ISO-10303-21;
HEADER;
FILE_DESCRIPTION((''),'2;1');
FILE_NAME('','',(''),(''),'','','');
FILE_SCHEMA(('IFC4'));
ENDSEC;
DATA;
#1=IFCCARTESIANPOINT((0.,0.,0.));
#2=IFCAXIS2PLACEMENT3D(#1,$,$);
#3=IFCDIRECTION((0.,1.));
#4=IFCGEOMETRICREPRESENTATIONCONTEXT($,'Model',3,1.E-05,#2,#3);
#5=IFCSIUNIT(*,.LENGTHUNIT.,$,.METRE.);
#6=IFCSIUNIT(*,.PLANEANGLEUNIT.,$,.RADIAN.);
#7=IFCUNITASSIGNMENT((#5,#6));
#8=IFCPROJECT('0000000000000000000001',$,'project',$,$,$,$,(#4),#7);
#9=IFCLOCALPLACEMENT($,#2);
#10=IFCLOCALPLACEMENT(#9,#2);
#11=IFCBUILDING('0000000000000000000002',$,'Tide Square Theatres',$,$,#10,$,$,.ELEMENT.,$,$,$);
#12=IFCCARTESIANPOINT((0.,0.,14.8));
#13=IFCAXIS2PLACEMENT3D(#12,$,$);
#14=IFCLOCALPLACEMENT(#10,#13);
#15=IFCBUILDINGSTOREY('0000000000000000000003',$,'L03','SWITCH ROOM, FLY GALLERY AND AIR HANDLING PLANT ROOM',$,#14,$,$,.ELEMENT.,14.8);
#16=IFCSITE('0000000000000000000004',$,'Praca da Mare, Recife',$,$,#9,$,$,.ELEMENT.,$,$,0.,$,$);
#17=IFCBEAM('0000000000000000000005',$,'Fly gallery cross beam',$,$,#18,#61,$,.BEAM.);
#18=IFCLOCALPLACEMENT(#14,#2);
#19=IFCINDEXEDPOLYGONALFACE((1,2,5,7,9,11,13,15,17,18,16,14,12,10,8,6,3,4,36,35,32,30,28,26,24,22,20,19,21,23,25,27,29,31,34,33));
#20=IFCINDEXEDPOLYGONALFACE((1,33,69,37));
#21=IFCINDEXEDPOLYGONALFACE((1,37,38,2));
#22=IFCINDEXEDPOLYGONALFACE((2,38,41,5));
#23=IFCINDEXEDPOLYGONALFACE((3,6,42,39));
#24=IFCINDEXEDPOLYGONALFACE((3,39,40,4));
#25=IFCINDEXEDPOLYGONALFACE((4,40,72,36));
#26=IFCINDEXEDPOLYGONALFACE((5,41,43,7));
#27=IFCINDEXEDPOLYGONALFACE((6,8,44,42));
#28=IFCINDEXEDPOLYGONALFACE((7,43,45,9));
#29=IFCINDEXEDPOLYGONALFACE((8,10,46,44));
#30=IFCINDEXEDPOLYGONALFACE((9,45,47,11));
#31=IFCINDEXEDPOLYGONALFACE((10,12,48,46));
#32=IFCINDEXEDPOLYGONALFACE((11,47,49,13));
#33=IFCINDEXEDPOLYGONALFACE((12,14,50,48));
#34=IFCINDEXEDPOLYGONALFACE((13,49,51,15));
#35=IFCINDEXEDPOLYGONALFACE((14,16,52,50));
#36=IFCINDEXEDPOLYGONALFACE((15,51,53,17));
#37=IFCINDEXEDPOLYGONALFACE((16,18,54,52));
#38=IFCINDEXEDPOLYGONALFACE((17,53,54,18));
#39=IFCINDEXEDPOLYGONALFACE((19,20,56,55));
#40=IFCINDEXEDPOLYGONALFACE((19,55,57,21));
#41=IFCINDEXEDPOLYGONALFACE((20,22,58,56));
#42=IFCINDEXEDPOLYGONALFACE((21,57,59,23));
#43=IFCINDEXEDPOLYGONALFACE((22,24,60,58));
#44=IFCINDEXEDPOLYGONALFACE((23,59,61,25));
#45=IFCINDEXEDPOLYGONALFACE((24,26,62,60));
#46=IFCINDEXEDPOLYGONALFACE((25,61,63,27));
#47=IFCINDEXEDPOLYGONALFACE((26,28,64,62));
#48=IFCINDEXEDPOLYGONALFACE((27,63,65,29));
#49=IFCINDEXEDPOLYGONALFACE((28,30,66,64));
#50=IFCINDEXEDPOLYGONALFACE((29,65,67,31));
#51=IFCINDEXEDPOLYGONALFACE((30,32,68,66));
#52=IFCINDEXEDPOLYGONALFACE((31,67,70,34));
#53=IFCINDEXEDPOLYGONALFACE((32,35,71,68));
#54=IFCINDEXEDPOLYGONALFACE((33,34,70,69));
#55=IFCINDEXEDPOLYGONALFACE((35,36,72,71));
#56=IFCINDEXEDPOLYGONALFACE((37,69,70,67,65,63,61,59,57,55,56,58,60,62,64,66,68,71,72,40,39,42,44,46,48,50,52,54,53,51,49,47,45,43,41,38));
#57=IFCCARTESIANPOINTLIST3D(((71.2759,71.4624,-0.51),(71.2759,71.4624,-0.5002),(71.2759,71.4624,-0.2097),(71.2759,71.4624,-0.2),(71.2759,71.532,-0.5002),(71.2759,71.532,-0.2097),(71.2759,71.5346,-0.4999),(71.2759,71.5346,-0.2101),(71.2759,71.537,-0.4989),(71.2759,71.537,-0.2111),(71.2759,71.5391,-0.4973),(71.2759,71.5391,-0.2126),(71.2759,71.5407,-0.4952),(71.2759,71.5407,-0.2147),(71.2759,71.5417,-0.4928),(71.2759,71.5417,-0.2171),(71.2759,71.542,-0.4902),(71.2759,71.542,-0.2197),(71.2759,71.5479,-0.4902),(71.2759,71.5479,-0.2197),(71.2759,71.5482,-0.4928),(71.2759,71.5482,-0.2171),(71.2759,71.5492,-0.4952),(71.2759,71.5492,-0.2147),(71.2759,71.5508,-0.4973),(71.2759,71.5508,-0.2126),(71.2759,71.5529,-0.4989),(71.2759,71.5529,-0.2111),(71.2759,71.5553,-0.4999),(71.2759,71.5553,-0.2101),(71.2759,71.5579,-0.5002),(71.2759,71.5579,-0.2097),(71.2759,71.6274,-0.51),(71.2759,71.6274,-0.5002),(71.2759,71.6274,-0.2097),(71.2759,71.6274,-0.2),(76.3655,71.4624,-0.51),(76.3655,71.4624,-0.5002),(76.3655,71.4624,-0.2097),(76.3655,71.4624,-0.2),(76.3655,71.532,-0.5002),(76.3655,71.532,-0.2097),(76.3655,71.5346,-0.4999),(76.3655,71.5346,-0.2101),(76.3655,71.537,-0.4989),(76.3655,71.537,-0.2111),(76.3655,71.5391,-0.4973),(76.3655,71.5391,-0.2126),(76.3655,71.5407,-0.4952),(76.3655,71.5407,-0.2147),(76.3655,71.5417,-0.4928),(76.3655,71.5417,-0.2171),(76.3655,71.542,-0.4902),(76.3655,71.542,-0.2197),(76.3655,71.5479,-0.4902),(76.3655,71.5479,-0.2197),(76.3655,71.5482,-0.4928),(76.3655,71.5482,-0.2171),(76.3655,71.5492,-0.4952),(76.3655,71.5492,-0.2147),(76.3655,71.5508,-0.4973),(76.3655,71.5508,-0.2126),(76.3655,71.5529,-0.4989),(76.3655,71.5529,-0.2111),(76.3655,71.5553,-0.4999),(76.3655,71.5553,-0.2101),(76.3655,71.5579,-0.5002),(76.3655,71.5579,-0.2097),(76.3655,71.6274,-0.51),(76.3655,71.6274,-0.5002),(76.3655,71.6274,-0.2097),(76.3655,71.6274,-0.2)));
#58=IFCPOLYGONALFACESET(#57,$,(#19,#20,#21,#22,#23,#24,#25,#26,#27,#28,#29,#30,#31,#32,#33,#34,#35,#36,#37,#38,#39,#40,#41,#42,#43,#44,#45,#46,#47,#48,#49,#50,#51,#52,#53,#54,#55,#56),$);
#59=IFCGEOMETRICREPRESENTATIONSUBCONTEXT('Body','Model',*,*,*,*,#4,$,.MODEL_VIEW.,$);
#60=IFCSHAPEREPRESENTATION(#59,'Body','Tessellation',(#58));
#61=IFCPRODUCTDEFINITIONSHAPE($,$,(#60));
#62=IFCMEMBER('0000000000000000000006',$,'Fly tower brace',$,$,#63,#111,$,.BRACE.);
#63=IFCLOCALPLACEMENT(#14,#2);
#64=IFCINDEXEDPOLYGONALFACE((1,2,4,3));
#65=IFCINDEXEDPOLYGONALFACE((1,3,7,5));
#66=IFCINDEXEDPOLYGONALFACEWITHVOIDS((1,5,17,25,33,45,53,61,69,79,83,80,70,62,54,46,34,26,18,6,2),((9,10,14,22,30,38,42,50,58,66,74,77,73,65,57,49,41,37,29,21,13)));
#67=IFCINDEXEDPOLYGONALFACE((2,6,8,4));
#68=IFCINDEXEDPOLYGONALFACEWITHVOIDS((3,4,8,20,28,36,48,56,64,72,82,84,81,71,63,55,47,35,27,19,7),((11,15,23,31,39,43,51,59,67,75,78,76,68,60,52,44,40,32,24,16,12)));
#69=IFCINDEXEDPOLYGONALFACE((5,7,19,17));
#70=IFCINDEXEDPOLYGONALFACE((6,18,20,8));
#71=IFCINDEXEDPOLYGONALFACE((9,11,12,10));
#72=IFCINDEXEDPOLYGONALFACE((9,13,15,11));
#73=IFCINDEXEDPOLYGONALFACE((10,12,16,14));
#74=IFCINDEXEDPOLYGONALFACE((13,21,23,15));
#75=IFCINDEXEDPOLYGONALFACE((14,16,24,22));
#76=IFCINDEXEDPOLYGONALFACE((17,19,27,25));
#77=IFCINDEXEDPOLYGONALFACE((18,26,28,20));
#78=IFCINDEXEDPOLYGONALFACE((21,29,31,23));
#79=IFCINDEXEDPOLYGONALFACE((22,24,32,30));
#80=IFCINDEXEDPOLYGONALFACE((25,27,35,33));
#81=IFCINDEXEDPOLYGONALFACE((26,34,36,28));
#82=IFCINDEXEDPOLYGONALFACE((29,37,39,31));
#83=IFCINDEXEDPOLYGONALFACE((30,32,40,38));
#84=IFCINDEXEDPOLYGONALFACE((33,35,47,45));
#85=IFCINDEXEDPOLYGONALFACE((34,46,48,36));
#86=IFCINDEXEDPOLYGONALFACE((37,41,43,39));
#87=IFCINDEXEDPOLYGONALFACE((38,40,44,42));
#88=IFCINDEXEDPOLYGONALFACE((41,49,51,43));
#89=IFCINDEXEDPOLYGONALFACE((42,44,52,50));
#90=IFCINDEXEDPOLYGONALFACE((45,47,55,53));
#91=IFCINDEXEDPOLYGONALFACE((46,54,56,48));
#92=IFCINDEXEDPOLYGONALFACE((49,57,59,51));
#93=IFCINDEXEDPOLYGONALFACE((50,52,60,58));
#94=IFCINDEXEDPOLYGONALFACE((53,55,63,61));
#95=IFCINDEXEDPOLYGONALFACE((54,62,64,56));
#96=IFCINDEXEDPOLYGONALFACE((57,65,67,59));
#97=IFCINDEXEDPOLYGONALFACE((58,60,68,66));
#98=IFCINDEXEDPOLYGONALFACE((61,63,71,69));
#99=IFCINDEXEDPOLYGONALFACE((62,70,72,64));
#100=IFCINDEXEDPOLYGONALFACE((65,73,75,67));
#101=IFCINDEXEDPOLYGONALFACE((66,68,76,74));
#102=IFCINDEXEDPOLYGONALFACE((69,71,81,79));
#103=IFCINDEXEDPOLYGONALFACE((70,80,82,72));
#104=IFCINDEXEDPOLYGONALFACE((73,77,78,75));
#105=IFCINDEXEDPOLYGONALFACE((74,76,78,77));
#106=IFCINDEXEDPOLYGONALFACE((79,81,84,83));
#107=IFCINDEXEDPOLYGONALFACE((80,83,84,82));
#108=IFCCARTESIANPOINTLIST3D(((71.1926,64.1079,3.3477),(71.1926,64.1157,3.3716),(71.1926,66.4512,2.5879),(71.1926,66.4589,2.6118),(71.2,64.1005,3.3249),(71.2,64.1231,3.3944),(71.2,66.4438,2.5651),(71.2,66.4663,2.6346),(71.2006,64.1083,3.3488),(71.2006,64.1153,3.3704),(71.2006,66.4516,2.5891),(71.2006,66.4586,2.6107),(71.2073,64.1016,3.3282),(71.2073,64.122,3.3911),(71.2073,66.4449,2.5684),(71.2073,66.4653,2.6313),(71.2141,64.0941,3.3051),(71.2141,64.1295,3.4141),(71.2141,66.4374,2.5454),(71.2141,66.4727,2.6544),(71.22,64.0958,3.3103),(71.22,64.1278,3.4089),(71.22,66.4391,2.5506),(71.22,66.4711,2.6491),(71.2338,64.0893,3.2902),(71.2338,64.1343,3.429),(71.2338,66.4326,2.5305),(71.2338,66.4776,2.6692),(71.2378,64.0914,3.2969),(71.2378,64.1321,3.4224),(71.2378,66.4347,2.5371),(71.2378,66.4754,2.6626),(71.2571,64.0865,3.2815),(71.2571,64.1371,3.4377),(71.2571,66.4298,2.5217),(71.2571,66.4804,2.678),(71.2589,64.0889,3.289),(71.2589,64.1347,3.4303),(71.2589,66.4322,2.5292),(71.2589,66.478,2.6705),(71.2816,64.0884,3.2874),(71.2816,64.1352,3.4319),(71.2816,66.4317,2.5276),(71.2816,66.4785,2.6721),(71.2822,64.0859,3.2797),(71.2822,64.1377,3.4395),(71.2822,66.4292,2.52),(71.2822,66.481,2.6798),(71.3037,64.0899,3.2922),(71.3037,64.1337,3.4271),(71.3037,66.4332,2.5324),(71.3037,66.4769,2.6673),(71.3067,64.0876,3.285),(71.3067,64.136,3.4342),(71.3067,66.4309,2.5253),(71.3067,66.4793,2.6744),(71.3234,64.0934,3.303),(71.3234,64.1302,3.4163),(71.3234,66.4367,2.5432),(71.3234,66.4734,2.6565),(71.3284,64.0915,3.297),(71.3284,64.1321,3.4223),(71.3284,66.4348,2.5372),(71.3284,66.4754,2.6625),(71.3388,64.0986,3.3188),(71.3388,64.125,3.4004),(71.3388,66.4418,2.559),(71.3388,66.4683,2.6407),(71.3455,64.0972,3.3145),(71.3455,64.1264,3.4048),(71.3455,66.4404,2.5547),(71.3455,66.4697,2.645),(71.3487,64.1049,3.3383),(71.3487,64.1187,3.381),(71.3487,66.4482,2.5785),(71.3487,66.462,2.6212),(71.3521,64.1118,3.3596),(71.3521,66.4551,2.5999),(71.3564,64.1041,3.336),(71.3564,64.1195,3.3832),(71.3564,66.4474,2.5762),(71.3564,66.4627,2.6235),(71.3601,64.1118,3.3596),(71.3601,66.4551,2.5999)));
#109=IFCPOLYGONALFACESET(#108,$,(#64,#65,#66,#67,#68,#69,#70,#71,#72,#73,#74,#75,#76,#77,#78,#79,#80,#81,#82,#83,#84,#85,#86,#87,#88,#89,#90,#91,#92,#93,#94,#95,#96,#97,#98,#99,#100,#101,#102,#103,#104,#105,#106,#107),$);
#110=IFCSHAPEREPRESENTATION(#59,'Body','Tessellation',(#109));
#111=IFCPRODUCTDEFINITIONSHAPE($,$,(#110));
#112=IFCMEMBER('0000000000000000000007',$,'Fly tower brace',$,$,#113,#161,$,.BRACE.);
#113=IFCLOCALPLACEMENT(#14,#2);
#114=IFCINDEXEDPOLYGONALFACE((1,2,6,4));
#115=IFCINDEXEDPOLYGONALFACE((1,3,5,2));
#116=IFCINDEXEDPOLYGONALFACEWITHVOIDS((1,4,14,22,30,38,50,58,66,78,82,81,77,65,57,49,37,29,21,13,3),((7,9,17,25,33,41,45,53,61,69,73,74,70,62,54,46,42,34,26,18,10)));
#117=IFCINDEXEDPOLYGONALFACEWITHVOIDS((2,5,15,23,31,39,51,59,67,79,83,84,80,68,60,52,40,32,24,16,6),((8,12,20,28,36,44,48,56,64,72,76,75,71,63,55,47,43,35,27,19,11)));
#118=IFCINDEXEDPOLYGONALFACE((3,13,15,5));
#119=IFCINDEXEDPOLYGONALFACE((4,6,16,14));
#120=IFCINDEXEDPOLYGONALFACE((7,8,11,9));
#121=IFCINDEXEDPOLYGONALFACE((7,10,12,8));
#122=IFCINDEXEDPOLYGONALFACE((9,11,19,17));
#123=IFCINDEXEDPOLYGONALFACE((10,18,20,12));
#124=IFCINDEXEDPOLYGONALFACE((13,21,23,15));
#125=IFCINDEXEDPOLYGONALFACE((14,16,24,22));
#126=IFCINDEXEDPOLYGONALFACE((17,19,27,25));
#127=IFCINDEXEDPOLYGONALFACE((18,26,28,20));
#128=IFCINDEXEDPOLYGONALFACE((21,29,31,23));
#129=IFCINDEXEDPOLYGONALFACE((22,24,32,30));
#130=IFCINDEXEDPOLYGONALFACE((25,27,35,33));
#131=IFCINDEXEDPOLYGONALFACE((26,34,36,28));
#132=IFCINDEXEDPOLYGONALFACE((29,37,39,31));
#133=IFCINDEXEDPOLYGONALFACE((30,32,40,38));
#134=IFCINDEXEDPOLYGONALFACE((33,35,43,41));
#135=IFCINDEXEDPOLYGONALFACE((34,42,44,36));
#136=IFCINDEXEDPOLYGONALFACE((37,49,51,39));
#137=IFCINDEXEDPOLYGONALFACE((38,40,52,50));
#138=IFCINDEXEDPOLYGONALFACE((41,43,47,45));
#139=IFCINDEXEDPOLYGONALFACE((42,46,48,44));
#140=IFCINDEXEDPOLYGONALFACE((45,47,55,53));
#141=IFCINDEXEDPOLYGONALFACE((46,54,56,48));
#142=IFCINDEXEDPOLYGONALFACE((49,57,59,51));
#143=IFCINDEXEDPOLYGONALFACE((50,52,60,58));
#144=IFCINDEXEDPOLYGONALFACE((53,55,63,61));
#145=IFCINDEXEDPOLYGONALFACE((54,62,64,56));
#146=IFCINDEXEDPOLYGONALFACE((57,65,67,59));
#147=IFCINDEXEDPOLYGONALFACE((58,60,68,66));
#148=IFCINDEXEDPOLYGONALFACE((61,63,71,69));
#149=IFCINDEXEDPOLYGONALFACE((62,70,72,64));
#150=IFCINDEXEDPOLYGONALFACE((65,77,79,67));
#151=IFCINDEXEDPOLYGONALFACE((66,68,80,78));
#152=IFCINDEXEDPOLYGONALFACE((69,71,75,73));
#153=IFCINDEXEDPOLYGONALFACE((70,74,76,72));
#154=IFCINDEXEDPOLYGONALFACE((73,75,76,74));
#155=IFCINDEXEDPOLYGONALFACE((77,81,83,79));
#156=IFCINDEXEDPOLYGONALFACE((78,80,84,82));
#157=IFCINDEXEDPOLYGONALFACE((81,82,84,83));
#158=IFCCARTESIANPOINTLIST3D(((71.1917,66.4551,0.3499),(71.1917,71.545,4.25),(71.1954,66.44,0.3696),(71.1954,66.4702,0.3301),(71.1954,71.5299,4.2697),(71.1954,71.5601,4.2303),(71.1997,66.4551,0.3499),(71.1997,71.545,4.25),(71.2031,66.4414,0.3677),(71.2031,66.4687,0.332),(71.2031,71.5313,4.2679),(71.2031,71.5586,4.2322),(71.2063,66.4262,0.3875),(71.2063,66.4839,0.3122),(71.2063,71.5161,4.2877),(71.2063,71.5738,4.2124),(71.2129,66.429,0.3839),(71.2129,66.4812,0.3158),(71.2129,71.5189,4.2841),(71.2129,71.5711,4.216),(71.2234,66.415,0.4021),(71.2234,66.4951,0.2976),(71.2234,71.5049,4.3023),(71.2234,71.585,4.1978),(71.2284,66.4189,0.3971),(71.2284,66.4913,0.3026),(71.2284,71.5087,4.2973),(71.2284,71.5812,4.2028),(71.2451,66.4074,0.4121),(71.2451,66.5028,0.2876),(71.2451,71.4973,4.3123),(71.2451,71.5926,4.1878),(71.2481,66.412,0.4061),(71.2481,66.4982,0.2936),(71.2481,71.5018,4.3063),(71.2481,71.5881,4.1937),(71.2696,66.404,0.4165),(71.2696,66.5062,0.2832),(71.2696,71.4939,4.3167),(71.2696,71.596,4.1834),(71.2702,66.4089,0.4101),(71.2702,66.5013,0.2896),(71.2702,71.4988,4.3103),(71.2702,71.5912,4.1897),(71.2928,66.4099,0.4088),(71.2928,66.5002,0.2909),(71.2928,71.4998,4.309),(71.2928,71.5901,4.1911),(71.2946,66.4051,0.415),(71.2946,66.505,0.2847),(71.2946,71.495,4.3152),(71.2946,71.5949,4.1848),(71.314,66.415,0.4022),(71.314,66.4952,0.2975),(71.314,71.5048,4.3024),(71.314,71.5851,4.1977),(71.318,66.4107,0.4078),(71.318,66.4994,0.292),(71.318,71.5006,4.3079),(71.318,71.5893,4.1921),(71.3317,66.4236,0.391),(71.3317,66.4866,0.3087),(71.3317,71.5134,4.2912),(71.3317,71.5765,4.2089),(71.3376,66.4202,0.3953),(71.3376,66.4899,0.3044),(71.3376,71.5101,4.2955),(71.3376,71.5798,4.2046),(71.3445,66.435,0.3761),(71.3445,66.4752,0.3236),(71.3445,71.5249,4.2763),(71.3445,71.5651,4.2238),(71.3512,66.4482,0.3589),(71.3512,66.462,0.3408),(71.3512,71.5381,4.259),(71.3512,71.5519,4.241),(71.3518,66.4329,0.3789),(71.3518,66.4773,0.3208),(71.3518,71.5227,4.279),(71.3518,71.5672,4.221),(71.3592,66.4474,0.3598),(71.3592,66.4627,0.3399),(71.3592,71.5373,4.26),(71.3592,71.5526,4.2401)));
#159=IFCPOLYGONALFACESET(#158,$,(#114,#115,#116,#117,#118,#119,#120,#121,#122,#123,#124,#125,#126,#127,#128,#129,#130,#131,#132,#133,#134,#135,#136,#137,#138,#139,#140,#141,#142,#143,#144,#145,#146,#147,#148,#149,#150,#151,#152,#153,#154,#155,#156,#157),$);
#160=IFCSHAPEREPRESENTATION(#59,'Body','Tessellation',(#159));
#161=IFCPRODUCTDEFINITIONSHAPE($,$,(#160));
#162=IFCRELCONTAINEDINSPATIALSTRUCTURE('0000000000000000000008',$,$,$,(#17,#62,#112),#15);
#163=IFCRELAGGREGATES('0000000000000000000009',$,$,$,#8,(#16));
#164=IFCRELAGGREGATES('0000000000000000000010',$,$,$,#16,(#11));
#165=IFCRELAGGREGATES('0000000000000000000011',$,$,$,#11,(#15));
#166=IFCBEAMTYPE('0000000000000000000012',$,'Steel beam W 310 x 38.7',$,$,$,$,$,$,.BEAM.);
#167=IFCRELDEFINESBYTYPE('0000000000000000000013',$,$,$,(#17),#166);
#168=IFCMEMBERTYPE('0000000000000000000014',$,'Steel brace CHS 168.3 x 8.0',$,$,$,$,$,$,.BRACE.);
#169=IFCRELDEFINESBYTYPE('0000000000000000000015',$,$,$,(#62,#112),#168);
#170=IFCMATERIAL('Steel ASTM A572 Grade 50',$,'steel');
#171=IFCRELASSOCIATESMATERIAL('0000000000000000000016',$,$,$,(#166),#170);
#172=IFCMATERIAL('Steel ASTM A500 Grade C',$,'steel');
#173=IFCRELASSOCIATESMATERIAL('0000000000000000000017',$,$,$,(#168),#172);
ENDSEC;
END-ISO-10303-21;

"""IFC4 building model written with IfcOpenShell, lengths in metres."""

from ifc_helpers import new_model, si_unit, direction, frame, origin, origin_2d, place, context, subcontext, project, spatial, hollow_circle, i_section, extrude, material, material_profile, profile_set, type_object, element, save


model = new_model("IFC4")

# Units and contexts
model_context = context("Model", 3, precision=1e-05, world=origin(), true_north=direction((0.0, 1.0)))
body_context = subcontext(model_context, "Body", "Model", "MODEL_VIEW")
ifc_project = project(units=[si_unit("LENGTHUNIT", "METRE"), si_unit("PLANEANGLEUNIT", "RADIAN")], contexts=[model_context])

# Site, building, storey
site_placement = place(None, origin())
site = spatial("IfcSite", under=ifc_project, at=site_placement, Name="Praca da Mare, Recife", CompositionType="ELEMENT", RefElevation=0.0)
building_placement = place(site_placement, origin())
building = spatial("IfcBuilding", under=site, at=building_placement, Name="Tide Square Theatres", CompositionType="ELEMENT")
storey_placement = place(building_placement, frame((0.0, 0.0, 14.8)))
storey = spatial("IfcBuildingStorey", under=building, at=storey_placement, Name="L03", Description="SWITCH ROOM, FLY GALLERY AND AIR HANDLING PLANT ROOM", CompositionType="ELEMENT", Elevation=14.8)

# Beam
ifc_material_1 = material(Name="Steel ASTM A572 Grade 50", Category="steel")
ifc_material_profile_1 = material_profile(ifc_material_1, i_section(OverallWidth=0.165, OverallDepth=0.3101, WebThickness=0.0059, FlangeThickness=0.0098, FilletRadius=0.01, at=origin_2d()))
ifc_profile_set_1 = profile_set([ifc_material_profile_1], Name="Steel ASTM A572 Grade 50")
beam_type = type_object("IfcBeamType", Name="Steel beam W 310 x 38.7", PredefinedType="BEAM", material=ifc_profile_set_1)
beam_1_placement = place(storey_placement, frame((71.2759, 71.5449, -0.355), z_axis=(1.0, 0.0, 0.0), x_axis=(0.0, 1.0, 0.0)))
element("IfcBeam", 1, at=beam_1_placement, inside=storey, type_object=beam_type, Name="Fly gallery cross beam", PredefinedType="BEAM", context=body_context, shape_type="SweptSolid", body=[
    extrude(i_section(OverallWidth=0.165, OverallDepth=0.3101, WebThickness=0.0059, FlangeThickness=0.0098, FilletRadius=0.01, at=origin_2d()), origin(), (0.0, 0.0, 1.0), 5.0896),
])

# Members
ifc_material_2 = material(Name="Steel ASTM A500 Grade C", Category="steel")
ifc_material_profile_2 = material_profile(ifc_material_2, hollow_circle(Radius=0.0842, WallThickness=0.0081, at=origin_2d()))
ifc_profile_set_2 = profile_set([ifc_material_profile_2], Name="Steel ASTM A500 Grade C")
member_type = type_object("IfcMemberType", Name="Steel brace CHS 168.3 x 8.0", PredefinedType="BRACE", material=ifc_profile_set_2)
member_1_placement = place(storey_placement, frame((71.2759, 66.4551, 2.5999), z_axis=(0.0, -0.951248, 0.308427), x_axis=(1.0, 0.0, 0.0)))
element("IfcMember", 2, at=member_1_placement, inside=storey, type_object=member_type, Name="Fly tower brace", PredefinedType="BRACE", context=body_context, shape_type="SweptSolid", body=[
    extrude(hollow_circle(Radius=0.0842, WallThickness=0.0081, at=origin_2d()), origin(), (0.0, 0.0, 1.0), 2.4634),
])
member_2_placement = place(storey_placement, frame((71.2759, 66.4551, 0.3499), z_axis=(0.0, 0.793762, 0.608228), x_axis=(-1.0, 0.0, 0.0)))
element("IfcMember", 3, at=member_2_placement, inside=storey, type_object=member_type, Name="Fly tower brace", PredefinedType="BRACE", context=body_context, shape_type="SweptSolid", body=[
    extrude(hollow_circle(Radius=0.0842, WallThickness=0.0081, at=origin_2d()), origin(), (0.0, 0.0, 1.0), 6.4124),
])

save(model, "model.ifc")
